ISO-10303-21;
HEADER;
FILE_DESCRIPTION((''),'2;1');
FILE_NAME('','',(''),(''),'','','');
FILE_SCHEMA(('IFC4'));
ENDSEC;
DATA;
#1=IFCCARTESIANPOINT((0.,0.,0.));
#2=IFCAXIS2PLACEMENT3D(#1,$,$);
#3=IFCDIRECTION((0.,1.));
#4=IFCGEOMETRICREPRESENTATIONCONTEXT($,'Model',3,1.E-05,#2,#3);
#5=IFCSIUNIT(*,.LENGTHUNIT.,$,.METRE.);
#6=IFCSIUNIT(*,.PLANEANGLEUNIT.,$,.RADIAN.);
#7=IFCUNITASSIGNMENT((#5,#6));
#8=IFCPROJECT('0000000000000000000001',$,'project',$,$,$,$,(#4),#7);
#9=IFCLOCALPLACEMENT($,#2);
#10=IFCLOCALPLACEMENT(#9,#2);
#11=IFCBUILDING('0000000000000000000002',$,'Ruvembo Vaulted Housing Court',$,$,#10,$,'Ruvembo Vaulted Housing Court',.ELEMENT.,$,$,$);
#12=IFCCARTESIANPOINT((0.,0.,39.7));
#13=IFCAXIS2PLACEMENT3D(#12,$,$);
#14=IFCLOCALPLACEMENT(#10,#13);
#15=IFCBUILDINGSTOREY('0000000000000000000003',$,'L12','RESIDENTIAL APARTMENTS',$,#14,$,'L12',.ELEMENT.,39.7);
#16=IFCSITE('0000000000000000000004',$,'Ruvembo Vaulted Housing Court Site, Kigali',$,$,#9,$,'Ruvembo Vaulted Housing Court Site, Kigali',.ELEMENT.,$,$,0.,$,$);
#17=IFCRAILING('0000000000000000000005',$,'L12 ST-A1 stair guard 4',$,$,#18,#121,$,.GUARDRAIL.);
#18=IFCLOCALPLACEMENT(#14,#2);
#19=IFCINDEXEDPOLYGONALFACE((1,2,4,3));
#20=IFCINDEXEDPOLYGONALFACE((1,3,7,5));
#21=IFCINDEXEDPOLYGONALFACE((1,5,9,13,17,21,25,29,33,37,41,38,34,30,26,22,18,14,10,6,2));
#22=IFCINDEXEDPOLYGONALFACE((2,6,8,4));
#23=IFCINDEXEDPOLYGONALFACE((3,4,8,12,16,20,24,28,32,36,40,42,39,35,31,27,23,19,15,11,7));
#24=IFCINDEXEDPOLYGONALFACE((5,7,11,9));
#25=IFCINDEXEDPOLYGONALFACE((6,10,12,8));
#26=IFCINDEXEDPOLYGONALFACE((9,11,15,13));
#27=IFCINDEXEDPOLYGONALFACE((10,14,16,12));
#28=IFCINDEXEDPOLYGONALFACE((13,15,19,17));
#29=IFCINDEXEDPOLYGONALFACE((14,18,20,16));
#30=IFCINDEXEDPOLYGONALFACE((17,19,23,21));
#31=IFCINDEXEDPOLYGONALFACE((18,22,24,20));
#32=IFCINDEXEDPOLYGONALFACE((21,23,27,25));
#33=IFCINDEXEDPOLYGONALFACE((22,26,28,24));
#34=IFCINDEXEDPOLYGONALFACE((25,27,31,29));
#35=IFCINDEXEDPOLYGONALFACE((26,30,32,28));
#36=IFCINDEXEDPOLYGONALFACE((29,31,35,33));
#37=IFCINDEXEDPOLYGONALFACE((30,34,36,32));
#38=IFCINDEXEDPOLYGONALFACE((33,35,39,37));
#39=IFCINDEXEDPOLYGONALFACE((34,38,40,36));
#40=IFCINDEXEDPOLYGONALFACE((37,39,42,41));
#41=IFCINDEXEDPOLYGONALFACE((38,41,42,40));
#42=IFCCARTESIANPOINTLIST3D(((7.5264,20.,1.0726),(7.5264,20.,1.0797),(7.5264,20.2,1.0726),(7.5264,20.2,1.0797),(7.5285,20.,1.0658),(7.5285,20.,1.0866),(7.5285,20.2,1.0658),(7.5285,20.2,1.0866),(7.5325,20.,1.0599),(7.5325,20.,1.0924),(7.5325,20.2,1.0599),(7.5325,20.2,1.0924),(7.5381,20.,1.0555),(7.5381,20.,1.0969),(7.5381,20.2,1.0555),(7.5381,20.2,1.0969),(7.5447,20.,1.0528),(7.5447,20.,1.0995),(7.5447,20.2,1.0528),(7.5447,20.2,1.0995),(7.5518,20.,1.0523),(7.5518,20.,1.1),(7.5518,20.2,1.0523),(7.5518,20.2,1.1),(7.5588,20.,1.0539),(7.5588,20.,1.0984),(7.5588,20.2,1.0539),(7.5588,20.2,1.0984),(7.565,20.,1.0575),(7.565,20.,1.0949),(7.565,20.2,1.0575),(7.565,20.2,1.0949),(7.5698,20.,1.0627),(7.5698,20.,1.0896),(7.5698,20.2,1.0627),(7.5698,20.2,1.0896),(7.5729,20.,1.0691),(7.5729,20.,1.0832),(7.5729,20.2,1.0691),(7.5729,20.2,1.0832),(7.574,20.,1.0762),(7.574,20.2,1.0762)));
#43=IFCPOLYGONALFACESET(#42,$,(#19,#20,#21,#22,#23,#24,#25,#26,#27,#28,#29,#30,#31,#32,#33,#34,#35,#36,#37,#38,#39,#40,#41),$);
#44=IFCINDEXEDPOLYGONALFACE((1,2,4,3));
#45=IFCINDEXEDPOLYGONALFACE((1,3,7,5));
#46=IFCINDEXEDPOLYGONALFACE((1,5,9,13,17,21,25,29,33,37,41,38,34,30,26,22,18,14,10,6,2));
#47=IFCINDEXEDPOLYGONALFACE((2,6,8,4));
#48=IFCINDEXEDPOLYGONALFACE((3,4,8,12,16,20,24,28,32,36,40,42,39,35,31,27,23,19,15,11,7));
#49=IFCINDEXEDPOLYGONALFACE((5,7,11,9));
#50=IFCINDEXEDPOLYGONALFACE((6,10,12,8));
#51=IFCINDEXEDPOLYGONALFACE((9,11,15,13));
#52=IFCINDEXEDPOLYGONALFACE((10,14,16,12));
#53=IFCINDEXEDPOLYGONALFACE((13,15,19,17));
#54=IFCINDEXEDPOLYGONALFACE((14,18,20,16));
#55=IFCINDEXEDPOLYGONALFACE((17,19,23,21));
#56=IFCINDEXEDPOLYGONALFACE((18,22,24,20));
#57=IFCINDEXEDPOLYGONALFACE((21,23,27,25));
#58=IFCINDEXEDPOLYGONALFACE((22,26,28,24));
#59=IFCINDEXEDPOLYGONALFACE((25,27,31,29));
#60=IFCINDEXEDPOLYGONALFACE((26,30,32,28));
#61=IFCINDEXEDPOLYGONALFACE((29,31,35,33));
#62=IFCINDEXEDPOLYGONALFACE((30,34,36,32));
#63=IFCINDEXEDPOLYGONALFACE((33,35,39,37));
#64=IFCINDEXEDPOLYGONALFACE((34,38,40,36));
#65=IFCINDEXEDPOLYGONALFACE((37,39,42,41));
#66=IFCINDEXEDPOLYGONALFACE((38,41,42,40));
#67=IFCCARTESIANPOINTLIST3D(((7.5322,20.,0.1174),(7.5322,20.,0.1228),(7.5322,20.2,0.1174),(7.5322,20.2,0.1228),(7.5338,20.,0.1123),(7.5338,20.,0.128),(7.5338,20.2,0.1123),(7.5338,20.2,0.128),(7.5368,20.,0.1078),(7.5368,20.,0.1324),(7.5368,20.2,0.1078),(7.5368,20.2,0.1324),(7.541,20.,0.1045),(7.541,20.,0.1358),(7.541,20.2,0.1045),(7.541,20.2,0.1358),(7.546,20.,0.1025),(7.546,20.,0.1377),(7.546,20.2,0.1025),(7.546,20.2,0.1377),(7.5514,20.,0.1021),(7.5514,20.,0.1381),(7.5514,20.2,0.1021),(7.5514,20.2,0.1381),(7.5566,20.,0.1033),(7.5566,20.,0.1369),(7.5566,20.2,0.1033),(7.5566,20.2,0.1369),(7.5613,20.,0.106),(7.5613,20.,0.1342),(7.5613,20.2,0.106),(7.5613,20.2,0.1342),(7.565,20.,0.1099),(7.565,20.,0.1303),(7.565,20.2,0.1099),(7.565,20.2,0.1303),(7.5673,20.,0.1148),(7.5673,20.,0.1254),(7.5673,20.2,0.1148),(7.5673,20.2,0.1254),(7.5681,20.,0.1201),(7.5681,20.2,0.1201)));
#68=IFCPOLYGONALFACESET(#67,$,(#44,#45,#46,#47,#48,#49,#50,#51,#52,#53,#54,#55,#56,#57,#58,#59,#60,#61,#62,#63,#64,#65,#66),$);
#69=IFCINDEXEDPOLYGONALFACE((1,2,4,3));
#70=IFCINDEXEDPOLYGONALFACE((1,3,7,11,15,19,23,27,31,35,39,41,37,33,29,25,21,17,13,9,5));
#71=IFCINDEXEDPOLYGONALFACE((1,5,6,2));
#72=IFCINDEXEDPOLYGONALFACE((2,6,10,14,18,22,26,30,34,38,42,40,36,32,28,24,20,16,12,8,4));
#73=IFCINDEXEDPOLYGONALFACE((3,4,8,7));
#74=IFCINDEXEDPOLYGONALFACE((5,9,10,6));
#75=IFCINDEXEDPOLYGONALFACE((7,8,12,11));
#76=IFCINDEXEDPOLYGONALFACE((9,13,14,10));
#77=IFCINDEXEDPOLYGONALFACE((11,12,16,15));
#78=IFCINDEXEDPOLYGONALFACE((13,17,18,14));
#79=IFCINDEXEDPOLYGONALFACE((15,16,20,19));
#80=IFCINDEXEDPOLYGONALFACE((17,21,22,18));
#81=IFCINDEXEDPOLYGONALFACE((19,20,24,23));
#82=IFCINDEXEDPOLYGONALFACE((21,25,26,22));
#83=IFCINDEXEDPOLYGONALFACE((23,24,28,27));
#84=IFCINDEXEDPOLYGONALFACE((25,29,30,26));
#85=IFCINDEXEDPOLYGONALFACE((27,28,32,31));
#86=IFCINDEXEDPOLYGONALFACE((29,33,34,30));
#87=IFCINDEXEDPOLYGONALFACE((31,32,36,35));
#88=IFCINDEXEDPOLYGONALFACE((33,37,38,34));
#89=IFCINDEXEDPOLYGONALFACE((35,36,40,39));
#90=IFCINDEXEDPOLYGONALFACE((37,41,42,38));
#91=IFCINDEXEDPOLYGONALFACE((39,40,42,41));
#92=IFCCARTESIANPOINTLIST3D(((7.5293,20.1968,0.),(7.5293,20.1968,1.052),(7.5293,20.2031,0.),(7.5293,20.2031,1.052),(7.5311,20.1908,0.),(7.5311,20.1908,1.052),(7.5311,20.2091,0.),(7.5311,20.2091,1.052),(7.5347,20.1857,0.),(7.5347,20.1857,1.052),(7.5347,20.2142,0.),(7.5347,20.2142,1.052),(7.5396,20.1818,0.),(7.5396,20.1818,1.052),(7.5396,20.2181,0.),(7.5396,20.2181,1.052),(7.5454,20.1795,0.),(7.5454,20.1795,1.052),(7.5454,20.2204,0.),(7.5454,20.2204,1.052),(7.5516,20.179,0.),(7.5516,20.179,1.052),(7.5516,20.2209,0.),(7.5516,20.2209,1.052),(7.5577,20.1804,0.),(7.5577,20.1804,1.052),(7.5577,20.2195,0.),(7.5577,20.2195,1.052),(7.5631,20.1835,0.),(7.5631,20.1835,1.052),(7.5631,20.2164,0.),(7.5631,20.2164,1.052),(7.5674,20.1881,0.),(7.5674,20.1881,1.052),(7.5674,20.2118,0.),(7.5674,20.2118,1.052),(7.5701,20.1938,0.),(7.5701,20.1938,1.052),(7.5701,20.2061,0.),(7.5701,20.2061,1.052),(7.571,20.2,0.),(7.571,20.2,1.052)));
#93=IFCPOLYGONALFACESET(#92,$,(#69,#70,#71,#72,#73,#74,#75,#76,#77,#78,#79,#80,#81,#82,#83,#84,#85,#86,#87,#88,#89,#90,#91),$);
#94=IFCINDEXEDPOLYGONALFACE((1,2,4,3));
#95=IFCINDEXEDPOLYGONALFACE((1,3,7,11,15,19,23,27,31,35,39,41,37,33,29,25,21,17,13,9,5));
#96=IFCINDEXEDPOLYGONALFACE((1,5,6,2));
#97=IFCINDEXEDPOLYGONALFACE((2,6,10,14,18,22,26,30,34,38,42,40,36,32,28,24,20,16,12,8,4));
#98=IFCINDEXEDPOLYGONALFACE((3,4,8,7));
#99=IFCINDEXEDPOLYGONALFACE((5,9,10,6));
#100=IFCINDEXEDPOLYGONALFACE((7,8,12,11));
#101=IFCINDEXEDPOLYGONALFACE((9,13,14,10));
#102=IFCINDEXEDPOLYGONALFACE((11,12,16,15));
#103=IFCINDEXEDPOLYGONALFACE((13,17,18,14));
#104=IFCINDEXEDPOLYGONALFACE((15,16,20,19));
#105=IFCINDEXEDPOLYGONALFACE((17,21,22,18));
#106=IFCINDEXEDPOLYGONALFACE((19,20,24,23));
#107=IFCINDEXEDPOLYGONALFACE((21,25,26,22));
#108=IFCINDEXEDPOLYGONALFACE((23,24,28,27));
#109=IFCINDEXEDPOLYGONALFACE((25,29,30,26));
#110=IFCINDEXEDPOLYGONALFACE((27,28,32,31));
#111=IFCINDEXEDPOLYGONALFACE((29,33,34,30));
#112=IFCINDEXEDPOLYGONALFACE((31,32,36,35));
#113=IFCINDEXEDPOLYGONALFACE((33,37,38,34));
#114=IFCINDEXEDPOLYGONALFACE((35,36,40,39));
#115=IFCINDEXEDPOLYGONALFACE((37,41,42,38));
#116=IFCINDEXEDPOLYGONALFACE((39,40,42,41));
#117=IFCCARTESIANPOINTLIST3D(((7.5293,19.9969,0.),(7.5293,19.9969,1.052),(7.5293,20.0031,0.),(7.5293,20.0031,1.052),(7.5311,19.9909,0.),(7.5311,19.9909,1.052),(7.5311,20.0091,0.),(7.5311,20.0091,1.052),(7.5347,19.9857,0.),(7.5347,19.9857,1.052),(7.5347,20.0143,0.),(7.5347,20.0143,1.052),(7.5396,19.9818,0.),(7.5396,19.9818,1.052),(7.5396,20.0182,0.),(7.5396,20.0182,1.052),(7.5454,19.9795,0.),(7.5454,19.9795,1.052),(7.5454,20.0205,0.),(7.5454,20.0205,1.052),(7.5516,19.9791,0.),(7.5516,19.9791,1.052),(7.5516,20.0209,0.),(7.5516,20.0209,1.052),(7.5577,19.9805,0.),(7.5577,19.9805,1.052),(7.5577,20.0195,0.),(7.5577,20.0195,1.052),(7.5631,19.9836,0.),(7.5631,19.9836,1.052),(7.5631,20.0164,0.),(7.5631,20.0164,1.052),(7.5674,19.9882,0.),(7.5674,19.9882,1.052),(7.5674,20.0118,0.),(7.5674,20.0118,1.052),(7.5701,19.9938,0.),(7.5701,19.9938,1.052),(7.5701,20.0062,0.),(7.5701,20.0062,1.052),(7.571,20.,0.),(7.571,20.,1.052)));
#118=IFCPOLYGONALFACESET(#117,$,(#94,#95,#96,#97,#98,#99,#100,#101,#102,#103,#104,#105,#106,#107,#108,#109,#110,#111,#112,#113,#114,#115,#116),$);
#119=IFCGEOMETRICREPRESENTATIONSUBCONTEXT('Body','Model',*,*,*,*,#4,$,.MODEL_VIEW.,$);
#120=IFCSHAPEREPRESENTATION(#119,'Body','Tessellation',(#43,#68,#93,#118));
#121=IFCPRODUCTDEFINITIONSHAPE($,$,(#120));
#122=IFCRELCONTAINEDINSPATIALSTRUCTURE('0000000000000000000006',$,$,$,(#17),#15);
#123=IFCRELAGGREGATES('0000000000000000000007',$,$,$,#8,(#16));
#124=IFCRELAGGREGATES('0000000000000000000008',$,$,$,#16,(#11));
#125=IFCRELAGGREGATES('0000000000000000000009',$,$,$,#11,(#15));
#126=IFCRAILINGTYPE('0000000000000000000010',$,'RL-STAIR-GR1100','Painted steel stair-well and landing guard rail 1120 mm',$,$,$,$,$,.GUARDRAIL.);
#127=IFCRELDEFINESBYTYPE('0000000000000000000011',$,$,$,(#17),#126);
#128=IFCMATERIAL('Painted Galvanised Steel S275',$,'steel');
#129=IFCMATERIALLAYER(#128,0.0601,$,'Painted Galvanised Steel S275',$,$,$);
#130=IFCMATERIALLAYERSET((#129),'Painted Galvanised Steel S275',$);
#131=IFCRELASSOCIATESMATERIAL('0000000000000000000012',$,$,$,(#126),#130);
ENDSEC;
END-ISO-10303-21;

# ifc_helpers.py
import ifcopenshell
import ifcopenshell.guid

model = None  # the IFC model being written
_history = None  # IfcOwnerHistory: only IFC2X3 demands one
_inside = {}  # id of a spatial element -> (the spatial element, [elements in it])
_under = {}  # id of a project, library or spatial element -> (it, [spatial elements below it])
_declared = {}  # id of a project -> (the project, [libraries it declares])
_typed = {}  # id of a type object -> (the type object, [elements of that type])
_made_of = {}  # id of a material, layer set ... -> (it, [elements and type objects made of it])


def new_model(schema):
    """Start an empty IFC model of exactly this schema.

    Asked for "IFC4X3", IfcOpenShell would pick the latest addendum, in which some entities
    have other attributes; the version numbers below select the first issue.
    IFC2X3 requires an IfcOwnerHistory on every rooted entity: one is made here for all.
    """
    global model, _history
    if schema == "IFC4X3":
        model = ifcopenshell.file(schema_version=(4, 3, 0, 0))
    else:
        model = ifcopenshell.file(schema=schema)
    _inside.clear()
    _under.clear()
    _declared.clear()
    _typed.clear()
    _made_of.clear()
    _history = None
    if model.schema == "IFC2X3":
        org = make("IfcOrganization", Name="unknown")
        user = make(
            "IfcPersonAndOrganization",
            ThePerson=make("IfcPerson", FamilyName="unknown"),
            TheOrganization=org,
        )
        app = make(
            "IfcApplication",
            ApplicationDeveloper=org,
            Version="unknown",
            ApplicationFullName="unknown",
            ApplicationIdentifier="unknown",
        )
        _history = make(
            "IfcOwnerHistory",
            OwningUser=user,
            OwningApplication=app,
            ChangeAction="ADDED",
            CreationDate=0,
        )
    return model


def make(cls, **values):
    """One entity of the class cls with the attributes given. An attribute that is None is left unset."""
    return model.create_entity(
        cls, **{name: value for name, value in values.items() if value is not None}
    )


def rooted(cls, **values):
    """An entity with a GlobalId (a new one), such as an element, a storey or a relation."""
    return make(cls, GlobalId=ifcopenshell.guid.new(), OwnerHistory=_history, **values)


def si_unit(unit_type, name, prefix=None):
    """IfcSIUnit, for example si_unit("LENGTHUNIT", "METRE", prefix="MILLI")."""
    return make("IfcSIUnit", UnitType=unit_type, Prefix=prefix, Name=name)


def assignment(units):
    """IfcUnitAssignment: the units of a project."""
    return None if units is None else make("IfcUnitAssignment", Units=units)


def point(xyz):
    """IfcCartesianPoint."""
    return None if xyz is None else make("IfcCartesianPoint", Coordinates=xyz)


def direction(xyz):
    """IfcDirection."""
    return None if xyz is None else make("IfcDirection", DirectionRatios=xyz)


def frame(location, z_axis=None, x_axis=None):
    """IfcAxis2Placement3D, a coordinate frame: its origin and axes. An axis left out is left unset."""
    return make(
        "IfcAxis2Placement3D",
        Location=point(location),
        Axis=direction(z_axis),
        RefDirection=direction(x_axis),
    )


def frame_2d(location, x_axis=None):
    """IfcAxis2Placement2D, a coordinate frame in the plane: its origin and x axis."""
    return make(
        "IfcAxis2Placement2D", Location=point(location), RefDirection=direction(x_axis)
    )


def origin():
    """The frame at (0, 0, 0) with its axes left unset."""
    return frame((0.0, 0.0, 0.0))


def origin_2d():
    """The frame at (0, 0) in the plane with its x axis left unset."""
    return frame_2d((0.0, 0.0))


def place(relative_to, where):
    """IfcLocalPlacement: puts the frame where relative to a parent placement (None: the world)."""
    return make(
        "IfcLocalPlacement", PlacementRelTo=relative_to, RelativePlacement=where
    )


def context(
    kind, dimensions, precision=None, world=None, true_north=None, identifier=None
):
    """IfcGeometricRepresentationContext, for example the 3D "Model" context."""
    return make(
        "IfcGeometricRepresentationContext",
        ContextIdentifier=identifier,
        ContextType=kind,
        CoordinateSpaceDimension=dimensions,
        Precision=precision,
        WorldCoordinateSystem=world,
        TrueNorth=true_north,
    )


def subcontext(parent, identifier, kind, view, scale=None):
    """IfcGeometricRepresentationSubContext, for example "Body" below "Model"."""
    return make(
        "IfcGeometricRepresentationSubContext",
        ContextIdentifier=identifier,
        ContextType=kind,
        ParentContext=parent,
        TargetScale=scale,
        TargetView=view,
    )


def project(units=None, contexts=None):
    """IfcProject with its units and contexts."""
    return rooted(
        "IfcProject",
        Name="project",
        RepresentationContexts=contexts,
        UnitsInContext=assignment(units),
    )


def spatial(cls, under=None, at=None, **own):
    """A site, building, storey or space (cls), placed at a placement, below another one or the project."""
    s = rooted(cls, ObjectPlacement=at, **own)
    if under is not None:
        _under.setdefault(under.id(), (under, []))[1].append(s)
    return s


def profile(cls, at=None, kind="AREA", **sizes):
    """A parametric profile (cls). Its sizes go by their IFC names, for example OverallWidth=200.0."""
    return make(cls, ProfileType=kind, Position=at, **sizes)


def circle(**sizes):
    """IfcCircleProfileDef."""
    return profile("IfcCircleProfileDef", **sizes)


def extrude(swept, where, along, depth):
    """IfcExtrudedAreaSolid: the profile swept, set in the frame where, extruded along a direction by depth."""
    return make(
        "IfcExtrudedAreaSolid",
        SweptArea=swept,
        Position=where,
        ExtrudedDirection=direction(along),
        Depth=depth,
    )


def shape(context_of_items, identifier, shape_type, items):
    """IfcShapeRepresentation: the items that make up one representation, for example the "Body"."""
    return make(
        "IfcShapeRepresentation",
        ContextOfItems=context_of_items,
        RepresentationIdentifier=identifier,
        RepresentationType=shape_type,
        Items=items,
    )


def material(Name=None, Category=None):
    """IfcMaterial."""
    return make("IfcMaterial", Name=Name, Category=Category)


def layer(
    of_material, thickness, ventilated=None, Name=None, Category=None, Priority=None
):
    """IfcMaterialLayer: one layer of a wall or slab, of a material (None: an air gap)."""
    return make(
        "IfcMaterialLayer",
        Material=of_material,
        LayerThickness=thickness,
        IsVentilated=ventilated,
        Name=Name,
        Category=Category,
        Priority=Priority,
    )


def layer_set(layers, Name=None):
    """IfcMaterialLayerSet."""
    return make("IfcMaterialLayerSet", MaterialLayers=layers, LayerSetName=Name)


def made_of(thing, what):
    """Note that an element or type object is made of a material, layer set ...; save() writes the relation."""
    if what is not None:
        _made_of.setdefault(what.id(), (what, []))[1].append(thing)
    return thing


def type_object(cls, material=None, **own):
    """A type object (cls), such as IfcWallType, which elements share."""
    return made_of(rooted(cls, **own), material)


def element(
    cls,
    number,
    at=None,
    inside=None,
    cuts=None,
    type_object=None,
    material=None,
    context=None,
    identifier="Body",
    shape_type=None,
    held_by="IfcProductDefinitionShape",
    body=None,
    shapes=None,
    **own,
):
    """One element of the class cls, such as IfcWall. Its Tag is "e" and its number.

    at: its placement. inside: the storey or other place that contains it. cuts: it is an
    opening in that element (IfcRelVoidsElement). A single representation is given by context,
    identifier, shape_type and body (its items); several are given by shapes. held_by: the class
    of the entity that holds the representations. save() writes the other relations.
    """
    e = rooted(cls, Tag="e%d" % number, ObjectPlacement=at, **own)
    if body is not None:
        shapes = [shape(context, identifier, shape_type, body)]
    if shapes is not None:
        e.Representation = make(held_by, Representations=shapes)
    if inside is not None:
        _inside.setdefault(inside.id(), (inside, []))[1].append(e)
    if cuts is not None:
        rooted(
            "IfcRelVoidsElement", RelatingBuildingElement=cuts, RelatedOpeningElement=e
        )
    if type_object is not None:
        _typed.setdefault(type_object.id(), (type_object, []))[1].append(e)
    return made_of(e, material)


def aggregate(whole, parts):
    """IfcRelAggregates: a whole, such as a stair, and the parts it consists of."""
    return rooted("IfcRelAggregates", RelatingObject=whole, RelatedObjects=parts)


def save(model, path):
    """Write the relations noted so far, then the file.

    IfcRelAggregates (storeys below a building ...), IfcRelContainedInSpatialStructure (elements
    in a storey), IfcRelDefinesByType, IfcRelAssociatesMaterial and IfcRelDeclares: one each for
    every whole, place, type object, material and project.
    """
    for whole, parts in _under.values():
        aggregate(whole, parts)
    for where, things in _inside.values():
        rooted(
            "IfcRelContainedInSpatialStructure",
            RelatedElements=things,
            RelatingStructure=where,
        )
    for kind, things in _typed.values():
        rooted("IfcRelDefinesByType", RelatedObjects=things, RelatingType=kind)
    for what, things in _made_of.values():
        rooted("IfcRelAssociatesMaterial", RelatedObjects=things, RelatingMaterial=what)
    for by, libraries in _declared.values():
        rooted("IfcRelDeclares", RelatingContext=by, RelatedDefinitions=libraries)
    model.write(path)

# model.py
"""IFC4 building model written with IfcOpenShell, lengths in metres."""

from ifc_helpers import new_model, si_unit, direction, frame, origin, origin_2d, place, context, subcontext, project, spatial, circle, extrude, material, layer, layer_set, type_object, element, save


model = new_model("IFC4")

# Units and contexts
model_context = context("Model", 3, precision=1e-05, world=origin(), true_north=direction((0.0, 1.0)))
body_context = subcontext(model_context, "Body", "Model", "MODEL_VIEW")
ifc_project = project(units=[si_unit("LENGTHUNIT", "METRE"), si_unit("PLANEANGLEUNIT", "RADIAN")], contexts=[model_context])

# Site, building, storey
site_placement = place(None, origin())
site = spatial("IfcSite", under=ifc_project, at=site_placement, Name="Ruvembo Vaulted Housing Court Site, Kigali", LongName="Ruvembo Vaulted Housing Court Site, Kigali", CompositionType="ELEMENT", RefElevation=0.0)
building_placement = place(site_placement, origin())
building = spatial("IfcBuilding", under=site, at=building_placement, Name="Ruvembo Vaulted Housing Court", LongName="Ruvembo Vaulted Housing Court", CompositionType="ELEMENT")
storey_placement = place(building_placement, frame((0.0, 0.0, 39.7)))
storey = spatial("IfcBuildingStorey", under=building, at=storey_placement, Name="L12", Description="RESIDENTIAL APARTMENTS", LongName="L12", CompositionType="ELEMENT", Elevation=39.7)

# Railing
ifc_material_1 = material(Name="Painted Galvanised Steel S275", Category="steel")
ifc_layer_1 = layer(ifc_material_1, 0.0601, Name="Painted Galvanised Steel S275")
ifc_layer_set_1 = layer_set([ifc_layer_1], Name="Painted Galvanised Steel S275")
railing_type_1 = type_object("IfcRailingType", Name="RL-STAIR-GR1100", Description="Painted steel stair-well and landing guard rail 1120 mm", PredefinedType="GUARDRAIL", material=ifc_layer_set_1)
railing_1_placement = place(storey_placement, frame((7.55, 20.2, 0.0)))
element("IfcRailing", 1, at=railing_1_placement, inside=storey, type_object=railing_type_1, Name="L12 ST-A1 stair guard 4", PredefinedType="GUARDRAIL", context=body_context, shape_type="SweptSolid", body=[
    extrude(circle(Radius=0.0239, at=origin_2d()), frame((0.0, 0.0, 1.0762), z_axis=(0.0, -1.0, 0.0), x_axis=(1.0, 0.0, 0.0)), (0.0, 0.0, 1.0), 0.2),
    extrude(circle(Radius=0.0181, at=origin_2d()), frame((0.0, 0.0, 0.1201), z_axis=(0.0, -1.0, 0.0), x_axis=(1.0, 0.0, 0.0)), (0.0, 0.0, 1.0), 0.2),
    extrude(circle(Radius=0.021, at=origin_2d()), origin(), (0.0, 0.0, 1.0), 1.052),
    extrude(circle(Radius=0.021, at=origin_2d()), frame((0.0, -0.2, 0.0)), (0.0, 0.0, 1.0), 1.052),
])

save(model, "model.ifc")
